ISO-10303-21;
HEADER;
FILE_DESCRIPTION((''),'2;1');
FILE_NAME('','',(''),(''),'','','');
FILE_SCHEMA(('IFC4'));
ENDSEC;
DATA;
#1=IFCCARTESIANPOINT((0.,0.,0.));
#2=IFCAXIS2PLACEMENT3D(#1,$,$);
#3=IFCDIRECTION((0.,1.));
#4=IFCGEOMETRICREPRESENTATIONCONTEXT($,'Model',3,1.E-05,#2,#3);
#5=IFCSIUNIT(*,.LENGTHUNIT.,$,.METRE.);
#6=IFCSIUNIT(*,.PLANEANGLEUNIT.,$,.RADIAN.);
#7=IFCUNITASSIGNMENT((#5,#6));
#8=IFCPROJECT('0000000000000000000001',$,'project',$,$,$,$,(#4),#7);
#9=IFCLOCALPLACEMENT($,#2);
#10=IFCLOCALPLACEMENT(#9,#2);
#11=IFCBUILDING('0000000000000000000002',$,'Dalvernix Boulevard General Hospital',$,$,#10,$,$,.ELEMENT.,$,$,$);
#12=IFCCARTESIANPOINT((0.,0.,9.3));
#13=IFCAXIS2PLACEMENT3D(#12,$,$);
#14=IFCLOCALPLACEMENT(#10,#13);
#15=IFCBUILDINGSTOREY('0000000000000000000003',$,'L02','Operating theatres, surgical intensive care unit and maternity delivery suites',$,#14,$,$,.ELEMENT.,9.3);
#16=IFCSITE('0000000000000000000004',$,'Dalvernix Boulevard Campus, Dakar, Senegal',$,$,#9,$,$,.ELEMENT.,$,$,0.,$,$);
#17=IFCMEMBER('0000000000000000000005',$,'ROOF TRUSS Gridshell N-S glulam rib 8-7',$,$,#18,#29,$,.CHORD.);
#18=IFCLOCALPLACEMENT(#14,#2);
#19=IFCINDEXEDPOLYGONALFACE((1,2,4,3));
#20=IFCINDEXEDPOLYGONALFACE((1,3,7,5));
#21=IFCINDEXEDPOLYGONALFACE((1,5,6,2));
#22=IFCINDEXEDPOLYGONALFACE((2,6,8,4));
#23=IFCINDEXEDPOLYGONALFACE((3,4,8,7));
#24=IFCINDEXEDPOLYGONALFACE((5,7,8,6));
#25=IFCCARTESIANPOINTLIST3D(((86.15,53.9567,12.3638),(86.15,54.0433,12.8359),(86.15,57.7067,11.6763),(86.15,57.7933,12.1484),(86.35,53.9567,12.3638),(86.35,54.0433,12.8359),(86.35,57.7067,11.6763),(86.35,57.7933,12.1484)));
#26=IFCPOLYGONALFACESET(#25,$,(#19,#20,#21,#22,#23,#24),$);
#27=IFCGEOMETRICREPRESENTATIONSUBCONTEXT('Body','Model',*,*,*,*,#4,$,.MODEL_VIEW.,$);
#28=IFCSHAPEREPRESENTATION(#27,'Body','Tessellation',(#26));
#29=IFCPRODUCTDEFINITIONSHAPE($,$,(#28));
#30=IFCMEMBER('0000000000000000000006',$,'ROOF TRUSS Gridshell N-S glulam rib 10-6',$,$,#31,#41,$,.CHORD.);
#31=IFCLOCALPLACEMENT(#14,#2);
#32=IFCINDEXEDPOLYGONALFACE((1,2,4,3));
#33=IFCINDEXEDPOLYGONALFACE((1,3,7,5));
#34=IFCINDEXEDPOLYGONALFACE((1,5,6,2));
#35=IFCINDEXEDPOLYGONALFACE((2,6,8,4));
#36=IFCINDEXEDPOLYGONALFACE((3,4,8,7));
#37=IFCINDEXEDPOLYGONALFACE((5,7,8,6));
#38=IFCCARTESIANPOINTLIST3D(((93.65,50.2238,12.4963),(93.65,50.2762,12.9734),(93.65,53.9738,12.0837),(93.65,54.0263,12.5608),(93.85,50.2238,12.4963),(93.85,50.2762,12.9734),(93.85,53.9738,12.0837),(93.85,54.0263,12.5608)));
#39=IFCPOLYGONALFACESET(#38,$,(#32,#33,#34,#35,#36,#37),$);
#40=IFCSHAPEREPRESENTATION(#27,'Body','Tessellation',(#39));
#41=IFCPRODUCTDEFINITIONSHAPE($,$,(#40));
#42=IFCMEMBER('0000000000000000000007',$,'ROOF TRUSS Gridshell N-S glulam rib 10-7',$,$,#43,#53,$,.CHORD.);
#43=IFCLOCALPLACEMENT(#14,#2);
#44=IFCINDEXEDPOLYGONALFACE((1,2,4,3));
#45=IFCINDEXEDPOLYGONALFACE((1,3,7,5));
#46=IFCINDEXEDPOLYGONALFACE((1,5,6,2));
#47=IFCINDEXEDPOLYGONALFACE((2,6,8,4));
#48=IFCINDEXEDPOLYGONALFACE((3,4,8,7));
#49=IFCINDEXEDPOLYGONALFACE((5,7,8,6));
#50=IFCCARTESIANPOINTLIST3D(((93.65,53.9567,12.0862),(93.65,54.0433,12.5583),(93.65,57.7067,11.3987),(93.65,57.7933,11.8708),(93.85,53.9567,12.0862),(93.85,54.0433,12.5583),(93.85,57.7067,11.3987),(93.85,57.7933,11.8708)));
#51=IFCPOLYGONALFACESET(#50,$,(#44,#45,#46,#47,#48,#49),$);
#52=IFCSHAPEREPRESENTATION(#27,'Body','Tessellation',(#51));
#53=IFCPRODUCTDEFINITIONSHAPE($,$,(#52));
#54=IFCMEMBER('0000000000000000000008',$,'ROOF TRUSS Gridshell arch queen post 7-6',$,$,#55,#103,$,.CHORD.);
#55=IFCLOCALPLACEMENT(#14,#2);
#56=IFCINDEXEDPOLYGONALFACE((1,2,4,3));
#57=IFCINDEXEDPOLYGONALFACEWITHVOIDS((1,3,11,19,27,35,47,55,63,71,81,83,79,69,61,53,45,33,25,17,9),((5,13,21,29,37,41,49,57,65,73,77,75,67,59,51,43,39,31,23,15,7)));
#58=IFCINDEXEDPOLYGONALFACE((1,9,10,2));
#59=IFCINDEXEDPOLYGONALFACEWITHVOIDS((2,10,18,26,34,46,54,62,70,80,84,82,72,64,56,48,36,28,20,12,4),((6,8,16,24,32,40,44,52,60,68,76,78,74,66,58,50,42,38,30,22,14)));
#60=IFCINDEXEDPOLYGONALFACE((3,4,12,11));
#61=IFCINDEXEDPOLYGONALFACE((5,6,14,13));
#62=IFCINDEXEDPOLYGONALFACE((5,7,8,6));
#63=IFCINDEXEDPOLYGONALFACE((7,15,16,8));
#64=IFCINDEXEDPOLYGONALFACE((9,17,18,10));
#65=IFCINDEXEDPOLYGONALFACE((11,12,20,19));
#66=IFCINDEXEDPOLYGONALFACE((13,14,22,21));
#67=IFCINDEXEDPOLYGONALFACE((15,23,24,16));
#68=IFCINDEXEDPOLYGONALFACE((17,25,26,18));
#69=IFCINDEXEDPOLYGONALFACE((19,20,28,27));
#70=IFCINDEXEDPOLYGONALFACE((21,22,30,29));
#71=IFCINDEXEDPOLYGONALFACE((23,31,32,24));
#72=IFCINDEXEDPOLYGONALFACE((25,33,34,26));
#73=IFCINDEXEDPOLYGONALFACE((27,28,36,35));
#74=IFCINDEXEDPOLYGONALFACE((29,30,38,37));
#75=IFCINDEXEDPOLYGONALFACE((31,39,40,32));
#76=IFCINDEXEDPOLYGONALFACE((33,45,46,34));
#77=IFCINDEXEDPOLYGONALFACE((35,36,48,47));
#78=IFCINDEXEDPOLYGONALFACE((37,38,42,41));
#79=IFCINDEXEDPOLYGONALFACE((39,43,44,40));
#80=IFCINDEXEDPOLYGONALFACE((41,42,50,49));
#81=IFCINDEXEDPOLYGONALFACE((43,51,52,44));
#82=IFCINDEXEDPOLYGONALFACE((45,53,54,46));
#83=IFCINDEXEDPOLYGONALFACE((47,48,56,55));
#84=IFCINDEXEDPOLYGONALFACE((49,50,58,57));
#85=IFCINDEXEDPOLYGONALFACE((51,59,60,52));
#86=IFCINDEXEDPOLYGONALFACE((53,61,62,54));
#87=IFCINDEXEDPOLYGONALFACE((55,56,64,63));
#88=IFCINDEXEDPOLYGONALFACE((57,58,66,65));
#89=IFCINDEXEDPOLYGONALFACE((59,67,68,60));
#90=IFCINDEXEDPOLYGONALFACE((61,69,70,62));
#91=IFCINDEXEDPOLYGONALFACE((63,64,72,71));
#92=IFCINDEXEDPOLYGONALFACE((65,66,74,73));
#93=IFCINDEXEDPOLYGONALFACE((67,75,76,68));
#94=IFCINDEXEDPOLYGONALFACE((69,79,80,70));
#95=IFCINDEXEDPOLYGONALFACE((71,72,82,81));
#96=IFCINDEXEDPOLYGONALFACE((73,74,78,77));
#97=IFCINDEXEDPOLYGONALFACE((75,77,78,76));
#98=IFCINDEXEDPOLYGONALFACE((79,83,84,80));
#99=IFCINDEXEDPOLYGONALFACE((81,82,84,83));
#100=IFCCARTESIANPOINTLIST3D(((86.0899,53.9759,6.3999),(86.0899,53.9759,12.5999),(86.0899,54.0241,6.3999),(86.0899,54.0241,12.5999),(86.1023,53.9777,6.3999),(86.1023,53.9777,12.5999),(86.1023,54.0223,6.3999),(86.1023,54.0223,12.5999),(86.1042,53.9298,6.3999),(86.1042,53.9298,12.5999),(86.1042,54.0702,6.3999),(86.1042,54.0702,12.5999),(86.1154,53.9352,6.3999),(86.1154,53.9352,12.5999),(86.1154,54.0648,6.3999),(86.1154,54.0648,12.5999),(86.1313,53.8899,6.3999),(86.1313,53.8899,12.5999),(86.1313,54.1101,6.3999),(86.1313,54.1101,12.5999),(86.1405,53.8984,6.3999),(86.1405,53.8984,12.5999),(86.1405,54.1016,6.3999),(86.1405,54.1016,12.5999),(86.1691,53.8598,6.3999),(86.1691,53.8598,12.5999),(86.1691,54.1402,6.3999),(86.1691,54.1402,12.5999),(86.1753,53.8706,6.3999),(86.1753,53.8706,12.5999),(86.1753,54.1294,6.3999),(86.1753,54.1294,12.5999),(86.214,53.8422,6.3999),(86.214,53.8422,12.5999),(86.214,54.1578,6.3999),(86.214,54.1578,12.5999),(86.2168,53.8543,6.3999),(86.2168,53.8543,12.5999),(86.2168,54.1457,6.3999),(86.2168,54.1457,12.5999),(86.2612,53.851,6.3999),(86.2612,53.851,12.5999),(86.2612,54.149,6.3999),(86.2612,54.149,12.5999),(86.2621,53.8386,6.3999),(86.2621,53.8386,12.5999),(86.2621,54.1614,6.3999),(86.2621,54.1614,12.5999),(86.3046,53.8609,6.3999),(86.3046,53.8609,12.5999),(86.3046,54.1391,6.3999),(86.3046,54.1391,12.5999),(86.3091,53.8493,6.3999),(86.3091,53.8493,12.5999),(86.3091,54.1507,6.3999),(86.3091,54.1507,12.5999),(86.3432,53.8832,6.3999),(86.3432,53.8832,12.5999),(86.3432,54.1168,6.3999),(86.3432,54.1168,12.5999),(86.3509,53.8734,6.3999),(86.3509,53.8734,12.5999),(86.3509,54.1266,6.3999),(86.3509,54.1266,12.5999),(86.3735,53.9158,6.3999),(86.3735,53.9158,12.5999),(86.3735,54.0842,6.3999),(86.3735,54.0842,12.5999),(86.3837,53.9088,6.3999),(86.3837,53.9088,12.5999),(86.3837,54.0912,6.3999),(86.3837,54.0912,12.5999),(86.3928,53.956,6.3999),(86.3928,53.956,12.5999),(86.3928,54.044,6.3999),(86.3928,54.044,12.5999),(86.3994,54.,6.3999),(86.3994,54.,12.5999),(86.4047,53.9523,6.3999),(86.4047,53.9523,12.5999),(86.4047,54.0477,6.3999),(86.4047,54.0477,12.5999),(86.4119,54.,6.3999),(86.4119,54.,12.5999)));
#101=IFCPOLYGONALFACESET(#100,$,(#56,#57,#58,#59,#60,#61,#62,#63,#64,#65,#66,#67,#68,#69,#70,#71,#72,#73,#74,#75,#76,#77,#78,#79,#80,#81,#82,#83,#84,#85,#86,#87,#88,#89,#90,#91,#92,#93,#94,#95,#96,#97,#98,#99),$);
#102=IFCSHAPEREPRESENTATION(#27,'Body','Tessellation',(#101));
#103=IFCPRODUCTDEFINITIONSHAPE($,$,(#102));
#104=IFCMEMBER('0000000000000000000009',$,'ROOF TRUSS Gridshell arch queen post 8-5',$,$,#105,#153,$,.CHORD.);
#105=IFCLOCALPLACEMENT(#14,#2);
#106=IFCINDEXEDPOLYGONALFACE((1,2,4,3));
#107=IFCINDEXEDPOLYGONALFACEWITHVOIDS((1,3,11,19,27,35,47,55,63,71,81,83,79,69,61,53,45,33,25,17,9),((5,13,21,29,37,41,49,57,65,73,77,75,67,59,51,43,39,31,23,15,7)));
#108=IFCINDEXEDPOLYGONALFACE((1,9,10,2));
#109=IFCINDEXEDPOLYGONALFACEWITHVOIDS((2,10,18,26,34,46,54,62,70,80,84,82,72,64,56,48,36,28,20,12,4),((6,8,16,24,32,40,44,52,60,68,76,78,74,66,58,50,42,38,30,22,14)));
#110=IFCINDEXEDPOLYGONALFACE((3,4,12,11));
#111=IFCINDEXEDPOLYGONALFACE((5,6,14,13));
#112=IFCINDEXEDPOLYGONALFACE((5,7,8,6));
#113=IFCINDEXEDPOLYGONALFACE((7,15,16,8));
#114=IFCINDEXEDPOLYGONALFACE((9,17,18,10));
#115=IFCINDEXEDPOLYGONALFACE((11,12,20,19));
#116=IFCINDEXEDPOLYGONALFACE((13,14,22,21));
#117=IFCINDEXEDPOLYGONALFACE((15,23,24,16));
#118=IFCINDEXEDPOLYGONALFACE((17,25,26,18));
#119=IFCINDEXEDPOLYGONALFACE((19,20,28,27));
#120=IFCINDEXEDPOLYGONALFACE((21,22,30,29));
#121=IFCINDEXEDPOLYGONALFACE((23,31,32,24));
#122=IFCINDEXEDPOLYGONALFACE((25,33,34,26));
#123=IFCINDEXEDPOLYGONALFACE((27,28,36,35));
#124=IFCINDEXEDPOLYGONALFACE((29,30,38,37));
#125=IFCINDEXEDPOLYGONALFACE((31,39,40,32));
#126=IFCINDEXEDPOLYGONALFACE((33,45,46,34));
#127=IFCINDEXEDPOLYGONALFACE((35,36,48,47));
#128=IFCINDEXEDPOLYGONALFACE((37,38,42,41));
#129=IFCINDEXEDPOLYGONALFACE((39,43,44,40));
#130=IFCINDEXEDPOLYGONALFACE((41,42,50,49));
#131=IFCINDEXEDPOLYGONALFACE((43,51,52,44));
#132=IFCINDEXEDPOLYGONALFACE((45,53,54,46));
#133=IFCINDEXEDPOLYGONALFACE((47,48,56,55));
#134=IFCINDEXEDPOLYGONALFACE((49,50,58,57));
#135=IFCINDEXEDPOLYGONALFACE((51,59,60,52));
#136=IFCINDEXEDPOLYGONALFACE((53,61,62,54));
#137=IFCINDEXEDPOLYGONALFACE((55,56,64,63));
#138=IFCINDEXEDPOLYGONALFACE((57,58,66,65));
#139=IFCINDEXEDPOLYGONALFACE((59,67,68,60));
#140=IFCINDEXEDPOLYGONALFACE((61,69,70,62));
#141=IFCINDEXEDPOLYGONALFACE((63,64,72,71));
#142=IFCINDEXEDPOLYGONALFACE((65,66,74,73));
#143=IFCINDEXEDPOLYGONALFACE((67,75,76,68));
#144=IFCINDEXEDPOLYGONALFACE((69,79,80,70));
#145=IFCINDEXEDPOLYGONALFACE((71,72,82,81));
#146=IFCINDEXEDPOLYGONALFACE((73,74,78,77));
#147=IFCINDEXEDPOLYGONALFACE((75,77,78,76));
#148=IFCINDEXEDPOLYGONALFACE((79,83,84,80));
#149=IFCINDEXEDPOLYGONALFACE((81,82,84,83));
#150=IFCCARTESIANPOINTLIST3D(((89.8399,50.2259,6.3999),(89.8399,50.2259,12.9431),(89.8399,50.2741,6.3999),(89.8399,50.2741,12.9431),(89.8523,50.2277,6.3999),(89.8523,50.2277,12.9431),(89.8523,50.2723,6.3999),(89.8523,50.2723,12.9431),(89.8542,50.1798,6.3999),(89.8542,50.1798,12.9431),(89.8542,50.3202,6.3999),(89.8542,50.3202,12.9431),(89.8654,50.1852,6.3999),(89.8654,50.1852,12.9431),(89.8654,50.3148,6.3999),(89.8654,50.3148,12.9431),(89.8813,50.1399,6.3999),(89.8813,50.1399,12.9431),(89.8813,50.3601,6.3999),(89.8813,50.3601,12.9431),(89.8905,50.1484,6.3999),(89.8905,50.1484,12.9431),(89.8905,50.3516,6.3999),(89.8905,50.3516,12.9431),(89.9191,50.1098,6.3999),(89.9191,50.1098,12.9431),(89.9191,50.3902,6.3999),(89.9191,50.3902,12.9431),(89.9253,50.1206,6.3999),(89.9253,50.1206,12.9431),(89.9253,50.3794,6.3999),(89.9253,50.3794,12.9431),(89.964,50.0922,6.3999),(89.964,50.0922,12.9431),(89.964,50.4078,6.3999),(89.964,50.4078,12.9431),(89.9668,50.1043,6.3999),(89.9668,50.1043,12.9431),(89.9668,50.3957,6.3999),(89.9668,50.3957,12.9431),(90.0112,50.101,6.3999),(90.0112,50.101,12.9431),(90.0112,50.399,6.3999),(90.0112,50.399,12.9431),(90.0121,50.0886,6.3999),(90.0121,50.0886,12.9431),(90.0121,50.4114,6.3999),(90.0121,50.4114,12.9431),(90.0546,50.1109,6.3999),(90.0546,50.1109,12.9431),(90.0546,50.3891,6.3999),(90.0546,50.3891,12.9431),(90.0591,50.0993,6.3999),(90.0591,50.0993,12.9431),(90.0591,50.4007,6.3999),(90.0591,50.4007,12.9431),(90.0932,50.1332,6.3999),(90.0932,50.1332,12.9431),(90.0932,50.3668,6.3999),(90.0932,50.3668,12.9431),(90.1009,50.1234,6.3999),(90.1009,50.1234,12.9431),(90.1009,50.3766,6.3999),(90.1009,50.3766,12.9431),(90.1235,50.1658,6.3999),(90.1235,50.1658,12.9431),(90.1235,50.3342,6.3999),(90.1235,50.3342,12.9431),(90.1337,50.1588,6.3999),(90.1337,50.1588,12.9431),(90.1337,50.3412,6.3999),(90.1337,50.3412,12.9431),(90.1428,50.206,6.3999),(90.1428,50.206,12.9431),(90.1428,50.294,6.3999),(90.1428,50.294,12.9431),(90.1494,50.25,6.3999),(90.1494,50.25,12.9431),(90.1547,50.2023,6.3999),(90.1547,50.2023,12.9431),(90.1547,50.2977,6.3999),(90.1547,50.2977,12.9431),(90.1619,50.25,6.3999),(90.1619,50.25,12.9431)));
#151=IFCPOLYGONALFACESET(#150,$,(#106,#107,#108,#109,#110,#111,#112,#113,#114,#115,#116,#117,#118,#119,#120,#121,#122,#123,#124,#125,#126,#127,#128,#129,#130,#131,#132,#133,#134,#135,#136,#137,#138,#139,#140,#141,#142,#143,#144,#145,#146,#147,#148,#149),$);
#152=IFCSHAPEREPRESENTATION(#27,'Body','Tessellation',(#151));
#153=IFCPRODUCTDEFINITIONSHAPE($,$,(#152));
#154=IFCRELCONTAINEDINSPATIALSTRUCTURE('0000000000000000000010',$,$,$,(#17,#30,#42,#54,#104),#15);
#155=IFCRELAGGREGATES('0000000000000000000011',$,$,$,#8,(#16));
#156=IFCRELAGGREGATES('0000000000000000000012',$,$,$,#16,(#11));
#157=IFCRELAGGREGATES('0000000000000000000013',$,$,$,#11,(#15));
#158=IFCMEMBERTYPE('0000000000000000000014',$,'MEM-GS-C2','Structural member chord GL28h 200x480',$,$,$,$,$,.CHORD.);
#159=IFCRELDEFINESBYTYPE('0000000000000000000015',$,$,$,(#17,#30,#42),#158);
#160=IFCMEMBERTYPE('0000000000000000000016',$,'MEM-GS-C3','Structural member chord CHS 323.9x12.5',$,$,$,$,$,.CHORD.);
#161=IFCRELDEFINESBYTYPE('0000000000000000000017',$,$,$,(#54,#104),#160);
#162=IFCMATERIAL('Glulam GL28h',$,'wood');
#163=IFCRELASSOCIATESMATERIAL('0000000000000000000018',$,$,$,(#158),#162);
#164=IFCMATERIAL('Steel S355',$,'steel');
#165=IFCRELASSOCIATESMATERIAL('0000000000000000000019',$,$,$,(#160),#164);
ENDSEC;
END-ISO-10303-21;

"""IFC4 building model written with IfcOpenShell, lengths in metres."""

from ifc_helpers import new_model, si_unit, direction, frame, origin, origin_2d, place, context, subcontext, project, spatial, rectangle, hollow_circle, extrude, material, material_profile, profile_set, type_object, element, save


model = new_model("IFC4")

# Units and contexts
model_context = context("Model", 3, precision=1e-05, world=origin(), true_north=direction((0.0, 1.0)))
body_context = subcontext(model_context, "Body", "Model", "MODEL_VIEW")
ifc_project = project(units=[si_unit("LENGTHUNIT", "METRE"), si_unit("PLANEANGLEUNIT", "RADIAN")], contexts=[model_context])

# Site, building, storey
site_placement = place(None, origin())
site = spatial("IfcSite", under=ifc_project, at=site_placement, Name="Dalvernix Boulevard Campus, Dakar, Senegal", CompositionType="ELEMENT", RefElevation=0.0)
building_placement = place(site_placement, origin())
building = spatial("IfcBuilding", under=site, at=building_placement, Name="Dalvernix Boulevard General Hospital", CompositionType="ELEMENT")
storey_placement = place(building_placement, frame((0.0, 0.0, 9.3)))
storey = spatial("IfcBuildingStorey", under=building, at=storey_placement, Name="L02", Description="Operating theatres, surgical intensive care unit and maternity delivery suites", CompositionType="ELEMENT", Elevation=9.3)

# Shared definitions
ifc_material_1 = material(Name="Steel S355", Category="steel")

# Members
ifc_material_2 = material(Name="Glulam GL28h", Category="wood")
ifc_material_profile_1 = material_profile(ifc_material_2, rectangle(XDim=0.2, YDim=0.48, at=origin_2d()), Name="GL28h 200x480")
ifc_profile_set_1 = profile_set([ifc_material_profile_1], Name="Glulam GL28h")
member_type_1 = type_object("IfcMemberType", Name="MEM-GS-C2", Description="Structural member chord GL28h 200x480", PredefinedType="CHORD", material=ifc_profile_set_1)
member_1_placement = place(storey_placement, frame((86.25, 54.0, 12.5999), z_axis=(0.0, 0.983607, -0.180328), x_axis=(-1.0, 0.0, 0.0)))
element("IfcMember", 1, at=member_1_placement, inside=storey, type_object=member_type_1, Name="ROOF TRUSS Gridshell N-S glulam rib 8-7", PredefinedType="CHORD", context=body_context, shape_type="SweptSolid", body=[
    extrude(rectangle(XDim=0.2, YDim=0.48, at=origin_2d()), origin(), (0.0, 0.0, 1.0), 3.8125),
])
member_2_placement = place(storey_placement, frame((93.75, 50.25, 12.7349), z_axis=(0.0, 0.994002, -0.109366), x_axis=(-1.0, 0.0, 0.0)))
element("IfcMember", 2, at=member_2_placement, inside=storey, type_object=member_type_1, Name="ROOF TRUSS Gridshell N-S glulam rib 10-6", PredefinedType="CHORD", context=body_context, shape_type="SweptSolid", body=[
    extrude(rectangle(XDim=0.2, YDim=0.48, at=origin_2d()), origin(), (0.0, 0.0, 1.0), 3.7727),
])
member_3_placement = place(storey_placement, frame((93.75, 54.0, 12.3223), z_axis=(0.0, 0.983607, -0.180328), x_axis=(-1.0, 0.0, 0.0)))
element("IfcMember", 3, at=member_3_placement, inside=storey, type_object=member_type_1, Name="ROOF TRUSS Gridshell N-S glulam rib 10-7", PredefinedType="CHORD", context=body_context, shape_type="SweptSolid", body=[
    extrude(rectangle(XDim=0.2, YDim=0.48, at=origin_2d()), origin(), (0.0, 0.0, 1.0), 3.8125),
])
ifc_material_profile_2 = material_profile(ifc_material_1, hollow_circle(Radius=0.1619, WallThickness=0.0125, at=origin_2d()), Name="CHS 323.9x12.5")
ifc_profile_set_2 = profile_set([ifc_material_profile_2], Name="Steel S355")
member_type_2 = type_object("IfcMemberType", Name="MEM-GS-C3", Description="Structural member chord CHS 323.9x12.5", PredefinedType="CHORD", material=ifc_profile_set_2)
member_4_placement = place(storey_placement, frame((86.25, 54.0, 6.3999), z_axis=(0.0, 0.0, 1.0), x_axis=(1.0, 0.0, 0.0)))
element("IfcMember", 4, at=member_4_placement, inside=storey, type_object=member_type_2, Name="ROOF TRUSS Gridshell arch queen post 7-6", PredefinedType="CHORD", context=body_context, shape_type="SweptSolid", body=[
    extrude(hollow_circle(Radius=0.1619, WallThickness=0.0125, at=origin_2d()), origin(), (0.0, 0.0, 1.0), 6.2),
])
member_5_placement = place(storey_placement, frame((90.0, 50.25, 6.3999), z_axis=(0.0, 0.0, 1.0), x_axis=(1.0, 0.0, 0.0)))
element("IfcMember", 5, at=member_5_placement, inside=storey, type_object=member_type_2, Name="ROOF TRUSS Gridshell arch queen post 8-5", PredefinedType="CHORD", context=body_context, shape_type="SweptSolid", body=[
    extrude(hollow_circle(Radius=0.1619, WallThickness=0.0125, at=origin_2d()), origin(), (0.0, 0.0, 1.0), 6.5432),
])

save(model, "model.ifc")
